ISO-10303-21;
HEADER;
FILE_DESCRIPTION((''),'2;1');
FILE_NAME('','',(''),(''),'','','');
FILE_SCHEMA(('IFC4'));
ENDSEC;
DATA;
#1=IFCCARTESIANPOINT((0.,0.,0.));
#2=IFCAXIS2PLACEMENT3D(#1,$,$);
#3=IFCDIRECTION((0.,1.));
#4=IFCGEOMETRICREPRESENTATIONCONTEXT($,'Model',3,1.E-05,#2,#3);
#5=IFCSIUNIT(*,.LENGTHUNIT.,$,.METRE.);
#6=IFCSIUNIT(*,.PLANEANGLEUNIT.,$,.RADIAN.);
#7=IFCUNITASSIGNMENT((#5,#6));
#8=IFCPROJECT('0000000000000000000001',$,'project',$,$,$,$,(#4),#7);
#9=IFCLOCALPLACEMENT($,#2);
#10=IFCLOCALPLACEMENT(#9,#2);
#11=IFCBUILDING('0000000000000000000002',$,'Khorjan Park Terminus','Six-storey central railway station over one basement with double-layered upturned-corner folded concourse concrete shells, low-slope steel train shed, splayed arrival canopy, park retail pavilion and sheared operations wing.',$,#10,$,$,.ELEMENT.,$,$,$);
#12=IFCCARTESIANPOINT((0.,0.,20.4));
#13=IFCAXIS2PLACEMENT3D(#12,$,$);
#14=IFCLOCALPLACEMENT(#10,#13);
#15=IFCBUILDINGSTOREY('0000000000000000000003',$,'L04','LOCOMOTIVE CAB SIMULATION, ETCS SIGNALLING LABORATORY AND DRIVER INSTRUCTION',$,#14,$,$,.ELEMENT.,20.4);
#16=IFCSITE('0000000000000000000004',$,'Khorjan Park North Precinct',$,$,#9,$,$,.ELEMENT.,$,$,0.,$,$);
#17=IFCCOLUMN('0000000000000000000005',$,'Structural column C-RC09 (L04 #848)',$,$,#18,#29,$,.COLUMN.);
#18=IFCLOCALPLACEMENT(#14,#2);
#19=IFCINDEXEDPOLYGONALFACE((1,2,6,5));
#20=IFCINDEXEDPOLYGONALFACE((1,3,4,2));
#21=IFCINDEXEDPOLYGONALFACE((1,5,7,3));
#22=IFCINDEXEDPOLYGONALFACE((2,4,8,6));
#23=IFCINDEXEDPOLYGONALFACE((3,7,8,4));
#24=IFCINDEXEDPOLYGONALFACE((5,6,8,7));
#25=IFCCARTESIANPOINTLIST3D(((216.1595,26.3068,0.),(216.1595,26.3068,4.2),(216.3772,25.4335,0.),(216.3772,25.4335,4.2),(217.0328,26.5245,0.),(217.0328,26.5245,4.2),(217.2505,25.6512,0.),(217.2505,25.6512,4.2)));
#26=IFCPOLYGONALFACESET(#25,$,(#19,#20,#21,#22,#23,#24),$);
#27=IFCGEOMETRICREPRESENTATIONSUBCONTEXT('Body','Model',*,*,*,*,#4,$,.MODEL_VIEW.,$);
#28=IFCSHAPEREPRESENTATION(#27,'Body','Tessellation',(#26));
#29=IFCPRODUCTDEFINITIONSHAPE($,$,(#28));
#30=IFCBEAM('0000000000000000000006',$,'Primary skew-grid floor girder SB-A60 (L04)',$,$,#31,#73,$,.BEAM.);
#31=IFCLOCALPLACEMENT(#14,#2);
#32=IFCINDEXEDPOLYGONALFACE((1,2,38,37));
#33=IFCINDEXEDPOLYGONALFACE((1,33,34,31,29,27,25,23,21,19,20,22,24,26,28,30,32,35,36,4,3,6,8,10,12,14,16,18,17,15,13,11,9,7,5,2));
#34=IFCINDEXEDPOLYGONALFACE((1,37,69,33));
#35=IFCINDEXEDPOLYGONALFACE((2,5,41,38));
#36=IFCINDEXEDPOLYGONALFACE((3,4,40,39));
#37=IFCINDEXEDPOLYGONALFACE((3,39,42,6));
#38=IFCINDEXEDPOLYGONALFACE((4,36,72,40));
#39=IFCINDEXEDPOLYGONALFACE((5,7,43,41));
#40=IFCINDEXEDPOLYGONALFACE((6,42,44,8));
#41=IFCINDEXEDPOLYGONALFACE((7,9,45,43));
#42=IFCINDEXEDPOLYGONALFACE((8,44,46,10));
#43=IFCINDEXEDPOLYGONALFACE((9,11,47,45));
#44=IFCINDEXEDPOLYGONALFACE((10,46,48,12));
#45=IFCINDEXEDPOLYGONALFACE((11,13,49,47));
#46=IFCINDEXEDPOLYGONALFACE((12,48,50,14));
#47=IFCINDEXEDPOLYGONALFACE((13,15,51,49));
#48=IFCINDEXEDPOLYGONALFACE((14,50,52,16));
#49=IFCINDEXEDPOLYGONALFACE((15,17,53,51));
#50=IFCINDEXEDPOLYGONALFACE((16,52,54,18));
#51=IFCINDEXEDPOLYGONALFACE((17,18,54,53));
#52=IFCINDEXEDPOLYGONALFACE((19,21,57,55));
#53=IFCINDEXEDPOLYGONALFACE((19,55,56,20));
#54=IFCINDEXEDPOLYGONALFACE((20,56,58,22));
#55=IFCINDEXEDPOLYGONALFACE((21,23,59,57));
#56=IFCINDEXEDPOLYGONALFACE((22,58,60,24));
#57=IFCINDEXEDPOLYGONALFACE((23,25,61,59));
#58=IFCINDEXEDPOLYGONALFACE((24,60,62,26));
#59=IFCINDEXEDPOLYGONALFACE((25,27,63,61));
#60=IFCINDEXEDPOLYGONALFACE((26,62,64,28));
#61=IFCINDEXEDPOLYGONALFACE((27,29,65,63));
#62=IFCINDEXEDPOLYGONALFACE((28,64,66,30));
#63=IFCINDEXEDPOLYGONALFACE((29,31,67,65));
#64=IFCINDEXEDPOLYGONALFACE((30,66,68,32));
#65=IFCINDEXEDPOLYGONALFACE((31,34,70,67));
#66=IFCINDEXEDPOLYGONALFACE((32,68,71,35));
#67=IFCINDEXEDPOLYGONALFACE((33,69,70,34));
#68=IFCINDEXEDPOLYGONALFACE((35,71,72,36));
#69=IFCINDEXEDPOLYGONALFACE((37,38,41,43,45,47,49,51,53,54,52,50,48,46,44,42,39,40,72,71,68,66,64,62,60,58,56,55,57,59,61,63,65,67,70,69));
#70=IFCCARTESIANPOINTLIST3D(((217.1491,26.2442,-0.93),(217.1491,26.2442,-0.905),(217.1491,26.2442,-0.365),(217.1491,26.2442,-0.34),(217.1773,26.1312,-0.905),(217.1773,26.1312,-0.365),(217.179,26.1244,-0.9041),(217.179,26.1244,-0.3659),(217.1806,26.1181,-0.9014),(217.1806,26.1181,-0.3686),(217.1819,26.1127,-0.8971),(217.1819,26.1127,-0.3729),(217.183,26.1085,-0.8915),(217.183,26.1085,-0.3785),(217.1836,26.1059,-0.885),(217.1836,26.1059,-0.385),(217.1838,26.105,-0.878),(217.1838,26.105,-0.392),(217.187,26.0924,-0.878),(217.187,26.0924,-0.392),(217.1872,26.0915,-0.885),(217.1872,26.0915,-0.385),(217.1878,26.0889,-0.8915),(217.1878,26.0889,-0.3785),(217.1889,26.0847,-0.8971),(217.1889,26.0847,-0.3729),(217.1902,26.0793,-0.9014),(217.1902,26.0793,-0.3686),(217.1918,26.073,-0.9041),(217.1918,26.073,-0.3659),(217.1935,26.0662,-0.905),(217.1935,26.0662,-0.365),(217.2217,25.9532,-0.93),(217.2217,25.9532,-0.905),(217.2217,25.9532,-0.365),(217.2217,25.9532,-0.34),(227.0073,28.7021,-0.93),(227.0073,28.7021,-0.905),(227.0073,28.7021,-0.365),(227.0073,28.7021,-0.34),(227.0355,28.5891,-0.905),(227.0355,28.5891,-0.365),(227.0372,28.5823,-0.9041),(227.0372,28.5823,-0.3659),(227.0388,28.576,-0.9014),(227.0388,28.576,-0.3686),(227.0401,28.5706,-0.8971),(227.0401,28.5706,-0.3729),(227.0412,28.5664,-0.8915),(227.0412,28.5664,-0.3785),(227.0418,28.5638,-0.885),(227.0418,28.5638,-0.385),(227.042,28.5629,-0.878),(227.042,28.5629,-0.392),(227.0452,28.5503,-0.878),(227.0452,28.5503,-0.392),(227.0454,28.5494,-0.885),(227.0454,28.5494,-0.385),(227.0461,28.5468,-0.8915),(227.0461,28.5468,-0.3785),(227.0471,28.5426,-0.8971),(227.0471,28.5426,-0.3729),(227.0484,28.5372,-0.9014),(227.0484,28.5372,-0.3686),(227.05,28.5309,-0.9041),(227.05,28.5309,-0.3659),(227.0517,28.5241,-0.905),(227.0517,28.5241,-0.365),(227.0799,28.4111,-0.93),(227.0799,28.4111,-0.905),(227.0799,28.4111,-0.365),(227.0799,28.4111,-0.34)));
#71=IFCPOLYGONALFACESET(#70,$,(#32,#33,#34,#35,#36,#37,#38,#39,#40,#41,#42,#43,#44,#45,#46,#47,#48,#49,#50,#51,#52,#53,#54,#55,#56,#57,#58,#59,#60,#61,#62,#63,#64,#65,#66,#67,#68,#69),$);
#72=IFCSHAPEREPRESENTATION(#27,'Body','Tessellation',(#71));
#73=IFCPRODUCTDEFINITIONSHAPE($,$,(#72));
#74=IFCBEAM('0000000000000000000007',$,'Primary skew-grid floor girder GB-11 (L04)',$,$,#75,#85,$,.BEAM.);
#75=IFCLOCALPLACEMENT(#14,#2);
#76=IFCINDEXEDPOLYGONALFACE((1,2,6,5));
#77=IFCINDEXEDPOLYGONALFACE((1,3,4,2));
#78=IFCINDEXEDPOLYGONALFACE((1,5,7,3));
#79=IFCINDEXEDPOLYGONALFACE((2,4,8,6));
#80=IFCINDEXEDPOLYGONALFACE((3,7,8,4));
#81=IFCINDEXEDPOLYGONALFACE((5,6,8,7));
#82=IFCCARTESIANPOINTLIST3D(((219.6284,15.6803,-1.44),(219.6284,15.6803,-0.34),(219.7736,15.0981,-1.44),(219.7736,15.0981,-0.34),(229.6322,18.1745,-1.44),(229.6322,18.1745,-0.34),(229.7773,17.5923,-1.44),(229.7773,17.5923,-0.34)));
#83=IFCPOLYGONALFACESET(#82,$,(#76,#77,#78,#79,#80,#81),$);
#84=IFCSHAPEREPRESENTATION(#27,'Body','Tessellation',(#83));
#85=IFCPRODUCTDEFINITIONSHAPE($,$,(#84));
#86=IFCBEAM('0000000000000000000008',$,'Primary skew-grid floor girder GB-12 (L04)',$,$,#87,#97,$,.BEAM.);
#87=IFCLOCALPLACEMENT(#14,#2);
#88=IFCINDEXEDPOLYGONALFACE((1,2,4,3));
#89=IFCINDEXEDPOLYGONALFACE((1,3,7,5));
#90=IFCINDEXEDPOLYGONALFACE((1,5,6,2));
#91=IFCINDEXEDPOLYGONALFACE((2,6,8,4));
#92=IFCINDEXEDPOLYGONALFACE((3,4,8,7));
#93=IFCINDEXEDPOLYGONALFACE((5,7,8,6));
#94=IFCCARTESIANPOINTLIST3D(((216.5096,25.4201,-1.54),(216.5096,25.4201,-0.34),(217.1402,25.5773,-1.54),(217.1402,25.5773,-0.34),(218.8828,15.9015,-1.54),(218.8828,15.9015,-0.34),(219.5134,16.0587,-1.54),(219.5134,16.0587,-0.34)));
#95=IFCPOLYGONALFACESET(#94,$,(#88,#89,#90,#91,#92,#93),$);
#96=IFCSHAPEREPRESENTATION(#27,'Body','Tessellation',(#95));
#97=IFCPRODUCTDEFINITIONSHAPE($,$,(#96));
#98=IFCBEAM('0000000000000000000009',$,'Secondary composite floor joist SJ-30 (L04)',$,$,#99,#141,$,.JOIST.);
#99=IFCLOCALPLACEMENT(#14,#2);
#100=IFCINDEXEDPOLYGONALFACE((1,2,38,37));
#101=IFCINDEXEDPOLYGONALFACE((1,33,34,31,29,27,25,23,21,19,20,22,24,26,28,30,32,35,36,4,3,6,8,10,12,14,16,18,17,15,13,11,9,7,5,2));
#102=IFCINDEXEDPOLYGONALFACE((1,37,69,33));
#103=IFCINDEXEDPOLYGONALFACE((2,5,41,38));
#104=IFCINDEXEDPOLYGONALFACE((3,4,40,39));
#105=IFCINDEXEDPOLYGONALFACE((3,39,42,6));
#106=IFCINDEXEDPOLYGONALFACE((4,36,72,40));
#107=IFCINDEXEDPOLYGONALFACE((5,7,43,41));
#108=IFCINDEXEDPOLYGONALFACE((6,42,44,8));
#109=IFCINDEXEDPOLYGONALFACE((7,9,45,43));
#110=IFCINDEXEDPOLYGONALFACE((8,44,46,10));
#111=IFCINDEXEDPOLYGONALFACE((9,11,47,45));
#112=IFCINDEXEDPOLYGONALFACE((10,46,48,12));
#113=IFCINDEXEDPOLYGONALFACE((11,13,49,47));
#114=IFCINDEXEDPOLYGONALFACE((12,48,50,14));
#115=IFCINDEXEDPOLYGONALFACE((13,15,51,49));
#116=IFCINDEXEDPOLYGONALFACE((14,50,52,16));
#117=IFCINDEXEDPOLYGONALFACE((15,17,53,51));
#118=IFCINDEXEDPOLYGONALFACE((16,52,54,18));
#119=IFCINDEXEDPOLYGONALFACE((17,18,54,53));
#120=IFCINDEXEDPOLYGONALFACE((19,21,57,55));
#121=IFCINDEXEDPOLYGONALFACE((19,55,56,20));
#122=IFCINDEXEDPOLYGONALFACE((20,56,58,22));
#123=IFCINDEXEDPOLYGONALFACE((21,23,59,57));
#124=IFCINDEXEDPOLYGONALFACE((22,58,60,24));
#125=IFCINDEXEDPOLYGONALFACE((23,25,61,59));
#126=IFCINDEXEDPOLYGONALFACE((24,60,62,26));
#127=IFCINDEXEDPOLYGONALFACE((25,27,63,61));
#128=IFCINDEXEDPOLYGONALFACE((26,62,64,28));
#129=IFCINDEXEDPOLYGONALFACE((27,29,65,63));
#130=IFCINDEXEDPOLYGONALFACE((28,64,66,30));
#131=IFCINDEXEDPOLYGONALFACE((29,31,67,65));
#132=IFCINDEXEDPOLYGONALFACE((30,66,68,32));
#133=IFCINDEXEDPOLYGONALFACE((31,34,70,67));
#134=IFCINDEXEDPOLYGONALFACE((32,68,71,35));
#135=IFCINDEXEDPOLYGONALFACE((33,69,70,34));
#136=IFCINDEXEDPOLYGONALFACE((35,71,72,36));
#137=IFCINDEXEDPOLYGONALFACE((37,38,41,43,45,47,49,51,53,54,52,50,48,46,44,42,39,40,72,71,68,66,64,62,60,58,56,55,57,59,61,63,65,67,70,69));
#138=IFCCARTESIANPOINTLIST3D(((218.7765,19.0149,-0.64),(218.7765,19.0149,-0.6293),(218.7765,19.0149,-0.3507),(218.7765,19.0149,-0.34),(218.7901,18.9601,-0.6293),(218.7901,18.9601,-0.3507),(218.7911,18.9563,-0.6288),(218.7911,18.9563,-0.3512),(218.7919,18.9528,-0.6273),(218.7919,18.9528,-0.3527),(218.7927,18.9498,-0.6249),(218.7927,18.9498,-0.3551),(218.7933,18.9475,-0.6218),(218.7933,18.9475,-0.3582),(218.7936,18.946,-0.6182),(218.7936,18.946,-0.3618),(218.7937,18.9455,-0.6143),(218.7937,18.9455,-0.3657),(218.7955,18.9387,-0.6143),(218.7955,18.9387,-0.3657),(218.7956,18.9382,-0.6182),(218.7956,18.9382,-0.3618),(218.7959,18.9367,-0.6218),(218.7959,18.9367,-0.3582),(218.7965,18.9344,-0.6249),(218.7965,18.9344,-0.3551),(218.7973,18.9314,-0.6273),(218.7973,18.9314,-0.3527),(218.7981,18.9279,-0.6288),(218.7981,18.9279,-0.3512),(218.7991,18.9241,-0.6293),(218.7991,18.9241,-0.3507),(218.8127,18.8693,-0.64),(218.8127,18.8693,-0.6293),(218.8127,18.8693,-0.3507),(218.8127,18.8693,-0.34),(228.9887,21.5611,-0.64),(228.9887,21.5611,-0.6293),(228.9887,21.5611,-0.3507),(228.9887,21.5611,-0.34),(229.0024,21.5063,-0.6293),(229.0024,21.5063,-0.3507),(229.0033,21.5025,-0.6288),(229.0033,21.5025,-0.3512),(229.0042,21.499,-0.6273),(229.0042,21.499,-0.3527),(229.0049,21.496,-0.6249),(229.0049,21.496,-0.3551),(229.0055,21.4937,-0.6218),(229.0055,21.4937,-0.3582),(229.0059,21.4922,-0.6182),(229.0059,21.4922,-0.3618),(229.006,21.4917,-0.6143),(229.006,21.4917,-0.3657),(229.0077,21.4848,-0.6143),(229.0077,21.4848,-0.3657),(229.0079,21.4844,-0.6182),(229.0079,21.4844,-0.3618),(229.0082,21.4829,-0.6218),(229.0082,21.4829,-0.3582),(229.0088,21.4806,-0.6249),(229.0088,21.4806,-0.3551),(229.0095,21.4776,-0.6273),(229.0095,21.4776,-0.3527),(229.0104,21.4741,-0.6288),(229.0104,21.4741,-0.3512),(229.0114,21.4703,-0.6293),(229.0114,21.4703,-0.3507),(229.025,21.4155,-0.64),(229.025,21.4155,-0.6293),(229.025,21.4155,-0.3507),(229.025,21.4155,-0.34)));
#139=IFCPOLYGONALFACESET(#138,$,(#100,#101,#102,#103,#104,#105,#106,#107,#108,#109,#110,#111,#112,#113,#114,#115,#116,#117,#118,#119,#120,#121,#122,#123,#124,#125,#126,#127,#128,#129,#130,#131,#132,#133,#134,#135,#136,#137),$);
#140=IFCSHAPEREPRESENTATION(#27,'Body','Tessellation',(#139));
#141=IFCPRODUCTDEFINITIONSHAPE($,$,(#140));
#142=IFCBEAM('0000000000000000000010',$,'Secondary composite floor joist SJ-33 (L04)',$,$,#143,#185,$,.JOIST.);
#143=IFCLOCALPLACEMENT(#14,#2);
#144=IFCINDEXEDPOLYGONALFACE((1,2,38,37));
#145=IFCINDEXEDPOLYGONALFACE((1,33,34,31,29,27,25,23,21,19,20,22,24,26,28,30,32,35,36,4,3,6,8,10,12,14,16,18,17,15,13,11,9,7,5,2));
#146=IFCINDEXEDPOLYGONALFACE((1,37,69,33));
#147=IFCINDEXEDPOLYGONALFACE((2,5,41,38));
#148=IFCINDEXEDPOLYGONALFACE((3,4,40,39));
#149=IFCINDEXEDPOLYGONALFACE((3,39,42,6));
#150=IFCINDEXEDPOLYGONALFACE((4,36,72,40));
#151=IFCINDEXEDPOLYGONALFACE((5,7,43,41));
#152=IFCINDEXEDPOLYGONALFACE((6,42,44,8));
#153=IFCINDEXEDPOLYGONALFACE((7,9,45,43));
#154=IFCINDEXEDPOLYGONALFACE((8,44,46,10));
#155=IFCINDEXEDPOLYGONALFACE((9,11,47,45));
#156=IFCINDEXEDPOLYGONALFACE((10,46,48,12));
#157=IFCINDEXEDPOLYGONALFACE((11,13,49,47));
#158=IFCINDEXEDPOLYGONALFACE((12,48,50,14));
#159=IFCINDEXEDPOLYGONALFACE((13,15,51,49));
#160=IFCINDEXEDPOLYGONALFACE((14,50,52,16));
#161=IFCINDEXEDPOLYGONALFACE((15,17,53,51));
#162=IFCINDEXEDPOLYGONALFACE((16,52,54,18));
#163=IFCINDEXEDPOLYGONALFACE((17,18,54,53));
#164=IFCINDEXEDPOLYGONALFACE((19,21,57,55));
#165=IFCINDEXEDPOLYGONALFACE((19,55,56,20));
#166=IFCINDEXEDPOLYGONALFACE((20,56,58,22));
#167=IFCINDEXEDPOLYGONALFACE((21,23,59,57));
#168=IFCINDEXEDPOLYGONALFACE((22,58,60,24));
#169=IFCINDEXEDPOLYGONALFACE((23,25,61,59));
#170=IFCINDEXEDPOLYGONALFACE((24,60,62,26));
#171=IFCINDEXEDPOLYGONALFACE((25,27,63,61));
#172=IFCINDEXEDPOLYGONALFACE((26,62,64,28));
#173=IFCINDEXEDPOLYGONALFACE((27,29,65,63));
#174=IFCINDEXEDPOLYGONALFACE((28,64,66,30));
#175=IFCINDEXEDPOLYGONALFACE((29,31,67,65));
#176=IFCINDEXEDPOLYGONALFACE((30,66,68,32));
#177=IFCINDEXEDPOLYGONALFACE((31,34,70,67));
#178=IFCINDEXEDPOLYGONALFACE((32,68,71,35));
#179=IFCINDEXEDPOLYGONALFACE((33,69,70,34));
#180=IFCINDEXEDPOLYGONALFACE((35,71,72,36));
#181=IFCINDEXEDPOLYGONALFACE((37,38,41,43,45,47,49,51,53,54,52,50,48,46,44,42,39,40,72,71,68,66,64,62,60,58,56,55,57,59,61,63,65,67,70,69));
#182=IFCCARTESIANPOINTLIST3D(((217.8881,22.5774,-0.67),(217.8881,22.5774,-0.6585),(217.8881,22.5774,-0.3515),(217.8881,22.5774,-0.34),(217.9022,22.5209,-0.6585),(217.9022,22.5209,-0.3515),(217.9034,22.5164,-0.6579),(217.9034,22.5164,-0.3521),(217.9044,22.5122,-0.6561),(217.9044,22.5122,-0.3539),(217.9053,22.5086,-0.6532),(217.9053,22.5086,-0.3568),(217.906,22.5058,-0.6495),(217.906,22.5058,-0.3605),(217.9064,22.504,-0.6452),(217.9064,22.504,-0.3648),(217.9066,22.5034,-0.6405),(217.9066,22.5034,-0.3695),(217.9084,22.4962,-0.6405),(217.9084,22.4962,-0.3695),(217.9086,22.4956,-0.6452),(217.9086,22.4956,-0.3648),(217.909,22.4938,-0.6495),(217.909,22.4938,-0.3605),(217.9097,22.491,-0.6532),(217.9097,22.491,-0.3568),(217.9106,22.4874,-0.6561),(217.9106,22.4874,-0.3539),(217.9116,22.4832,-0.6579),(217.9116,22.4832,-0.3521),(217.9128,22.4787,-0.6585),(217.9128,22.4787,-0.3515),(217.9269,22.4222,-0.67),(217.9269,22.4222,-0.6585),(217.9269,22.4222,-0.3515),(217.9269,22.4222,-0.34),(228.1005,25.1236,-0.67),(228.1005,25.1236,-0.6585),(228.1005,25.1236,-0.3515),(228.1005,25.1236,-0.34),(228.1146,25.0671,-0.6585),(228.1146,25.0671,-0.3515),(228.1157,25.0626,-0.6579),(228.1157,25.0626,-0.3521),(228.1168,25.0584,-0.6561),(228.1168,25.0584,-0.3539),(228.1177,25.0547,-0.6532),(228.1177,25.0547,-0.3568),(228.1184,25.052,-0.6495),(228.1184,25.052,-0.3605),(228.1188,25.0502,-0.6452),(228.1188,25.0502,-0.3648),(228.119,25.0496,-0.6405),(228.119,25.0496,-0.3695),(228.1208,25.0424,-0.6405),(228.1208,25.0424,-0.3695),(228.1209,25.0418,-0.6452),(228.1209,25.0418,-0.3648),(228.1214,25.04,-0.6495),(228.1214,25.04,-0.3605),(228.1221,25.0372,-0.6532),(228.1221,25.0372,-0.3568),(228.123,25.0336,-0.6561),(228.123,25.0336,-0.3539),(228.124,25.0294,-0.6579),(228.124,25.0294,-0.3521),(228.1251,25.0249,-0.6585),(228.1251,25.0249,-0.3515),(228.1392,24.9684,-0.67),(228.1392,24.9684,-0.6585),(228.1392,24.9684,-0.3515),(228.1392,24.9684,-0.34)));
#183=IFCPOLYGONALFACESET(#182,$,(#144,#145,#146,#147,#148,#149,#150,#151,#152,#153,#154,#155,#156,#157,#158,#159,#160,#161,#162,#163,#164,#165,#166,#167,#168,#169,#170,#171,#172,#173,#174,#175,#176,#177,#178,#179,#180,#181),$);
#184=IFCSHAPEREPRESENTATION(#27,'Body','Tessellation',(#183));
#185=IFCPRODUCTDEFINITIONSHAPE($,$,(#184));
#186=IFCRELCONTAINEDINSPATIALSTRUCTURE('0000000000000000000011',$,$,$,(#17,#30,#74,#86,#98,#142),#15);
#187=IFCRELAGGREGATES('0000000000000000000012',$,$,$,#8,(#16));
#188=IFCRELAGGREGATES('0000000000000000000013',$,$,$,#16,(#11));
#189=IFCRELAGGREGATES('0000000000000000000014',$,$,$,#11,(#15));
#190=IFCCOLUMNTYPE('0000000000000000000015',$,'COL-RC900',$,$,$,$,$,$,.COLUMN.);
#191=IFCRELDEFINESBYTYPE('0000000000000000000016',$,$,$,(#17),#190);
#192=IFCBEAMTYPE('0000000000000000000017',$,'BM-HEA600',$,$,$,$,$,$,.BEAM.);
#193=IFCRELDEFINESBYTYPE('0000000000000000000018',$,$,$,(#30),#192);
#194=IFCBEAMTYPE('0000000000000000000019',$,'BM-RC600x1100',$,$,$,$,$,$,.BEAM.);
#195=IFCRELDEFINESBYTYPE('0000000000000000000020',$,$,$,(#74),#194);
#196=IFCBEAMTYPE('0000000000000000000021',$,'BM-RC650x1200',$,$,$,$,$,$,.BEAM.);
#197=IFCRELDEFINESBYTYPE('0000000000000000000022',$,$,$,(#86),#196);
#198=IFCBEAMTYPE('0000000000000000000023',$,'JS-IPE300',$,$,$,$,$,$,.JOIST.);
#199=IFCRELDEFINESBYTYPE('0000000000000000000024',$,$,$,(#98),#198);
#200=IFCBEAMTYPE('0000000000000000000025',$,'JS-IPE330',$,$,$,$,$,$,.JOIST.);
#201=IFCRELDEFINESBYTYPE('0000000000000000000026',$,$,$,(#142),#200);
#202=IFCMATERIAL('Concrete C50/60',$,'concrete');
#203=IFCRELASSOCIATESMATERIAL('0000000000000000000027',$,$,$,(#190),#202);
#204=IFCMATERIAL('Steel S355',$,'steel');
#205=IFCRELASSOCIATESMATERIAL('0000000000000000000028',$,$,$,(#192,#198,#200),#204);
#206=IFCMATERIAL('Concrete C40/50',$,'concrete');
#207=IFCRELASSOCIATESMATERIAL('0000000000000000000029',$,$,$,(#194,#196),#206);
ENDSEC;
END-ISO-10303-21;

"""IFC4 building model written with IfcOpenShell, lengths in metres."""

from ifc_helpers import new_model, si_unit, direction, frame, origin, origin_2d, place, context, subcontext, project, spatial, rectangle, i_section, extrude, material, material_profile, profile_set, type_object, element, save


model = new_model("IFC4")

# Units and contexts
model_context = context("Model", 3, precision=1e-05, world=origin(), true_north=direction((0.0, 1.0)))
body_context = subcontext(model_context, "Body", "Model", "MODEL_VIEW")
ifc_project = project(units=[si_unit("LENGTHUNIT", "METRE"), si_unit("PLANEANGLEUNIT", "RADIAN")], contexts=[model_context])

# Site, building, storey
site_placement = place(None, origin())
site = spatial("IfcSite", under=ifc_project, at=site_placement, Name="Khorjan Park North Precinct", CompositionType="ELEMENT", RefElevation=0.0)
building_placement = place(site_placement, origin())
building = spatial("IfcBuilding", under=site, at=building_placement, Name="Khorjan Park Terminus", Description="Six-storey central railway station over one basement with double-layered upturned-corner folded concourse concrete shells, low-slope steel train shed, splayed arrival canopy, park retail pavilion and sheared operations wing.", CompositionType="ELEMENT")
storey_placement = place(building_placement, frame((0.0, 0.0, 20.4)))
storey = spatial("IfcBuildingStorey", under=building, at=storey_placement, Name="L04", Description="LOCOMOTIVE CAB SIMULATION, ETCS SIGNALLING LABORATORY AND DRIVER INSTRUCTION", CompositionType="ELEMENT", Elevation=20.4)

# Column
ifc_material_1 = material(Name="Concrete C50/60", Category="concrete")
ifc_material_profile_1 = material_profile(ifc_material_1, rectangle(XDim=0.9, YDim=0.9, at=origin_2d()), Name="RC 900x900")
ifc_profile_set_1 = profile_set([ifc_material_profile_1], Name="Concrete C50/60")
column_type = type_object("IfcColumnType", Name="COL-RC900", PredefinedType="COLUMN", material=ifc_profile_set_1)
column_placement = place(storey_placement, frame((216.705, 25.979, 0.0), z_axis=(0.0, 0.0, 1.0), x_axis=(0.970296, 0.241922, 0.0)))
element("IfcColumn", 1, at=column_placement, inside=storey, type_object=column_type, Name="Structural column C-RC09 (L04 #848)", PredefinedType="COLUMN", context=body_context, shape_type="SweptSolid", body=[
    extrude(rectangle(XDim=0.9, YDim=0.9, at=origin_2d()), origin(), (0.0, 0.0, 1.0), 4.2),
])

# Beams
ifc_material_2 = material(Name="Steel S355", Category="steel")
ifc_material_profile_2 = material_profile(ifc_material_2, i_section(OverallWidth=0.3, OverallDepth=0.59, WebThickness=0.013, FlangeThickness=0.025, FilletRadius=0.027, at=origin_2d()), Name="HEA 600")
ifc_profile_set_2 = profile_set([ifc_material_profile_2], Name="Steel S355")
beam_type_1 = type_object("IfcBeamType", Name="BM-HEA600", PredefinedType="BEAM", material=ifc_profile_set_2)
beam_1_placement = place(storey_placement, frame((217.1854, 26.0987, -0.635), z_axis=(0.970296, 0.24192, 0.0), x_axis=(-0.24192, 0.970296, 0.0)))
element("IfcBeam", 2, at=beam_1_placement, inside=storey, type_object=beam_type_1, Name="Primary skew-grid floor girder SB-A60 (L04)", PredefinedType="BEAM", context=body_context, shape_type="SweptSolid", body=[
    extrude(i_section(OverallWidth=0.3, OverallDepth=0.59, WebThickness=0.013, FlangeThickness=0.025, FilletRadius=0.027, at=origin_2d()), origin(), (0.0, 0.0, 1.0), 10.16),
])
ifc_material_3 = material(Name="Concrete C40/50", Category="concrete")
ifc_material_profile_3 = material_profile(ifc_material_3, rectangle(XDim=0.6, YDim=1.1, at=origin_2d()), Name="RC 600x1100")
ifc_profile_set_3 = profile_set([ifc_material_profile_3], Name="Concrete C40/50")
beam_type_2 = type_object("IfcBeamType", Name="BM-RC600x1100", PredefinedType="BEAM", material=ifc_profile_set_3)
beam_2_placement = place(storey_placement, frame((219.701, 15.3892, -0.89), z_axis=(0.970296, 0.241919, 0.0), x_axis=(-0.241919, 0.970296, 0.0)))
element("IfcBeam", 3, at=beam_2_placement, inside=storey, type_object=beam_type_2, Name="Primary skew-grid floor girder GB-11 (L04)", PredefinedType="BEAM", context=body_context, shape_type="SweptSolid", body=[
    extrude(rectangle(XDim=0.6, YDim=1.1, at=origin_2d()), origin(), (0.0, 0.0, 1.0), 10.31),
])
ifc_material_profile_4 = material_profile(ifc_material_3, rectangle(XDim=0.65, YDim=1.2, at=origin_2d()), Name="RC 650x1200")
ifc_profile_set_4 = profile_set([ifc_material_profile_4], Name="Concrete C40/50")
beam_type_3 = type_object("IfcBeamType", Name="BM-RC650x1200", PredefinedType="BEAM", material=ifc_profile_set_4)
beam_3_placement = place(storey_placement, frame((219.1981, 15.9801, -0.94), z_axis=(-0.241917, 0.970297, 0.0), x_axis=(-0.970297, -0.241917, 0.0)))
element("IfcBeam", 4, at=beam_3_placement, inside=storey, type_object=beam_type_3, Name="Primary skew-grid floor girder GB-12 (L04)", PredefinedType="BEAM", context=body_context, shape_type="SweptSolid", body=[
    extrude(rectangle(XDim=0.65, YDim=1.2, at=origin_2d()), origin(), (0.0, 0.0, 1.0), 9.81),
])
ifc_material_profile_5 = material_profile(ifc_material_2, i_section(OverallWidth=0.15, OverallDepth=0.3, WebThickness=0.0071, FlangeThickness=0.0107, FilletRadius=0.015, at=origin_2d()), Name="IPE 300")
ifc_profile_set_5 = profile_set([ifc_material_profile_5], Name="Steel S355")
beam_type_4 = type_object("IfcBeamType", Name="JS-IPE300", PredefinedType="JOIST", material=ifc_profile_set_5)
beam_4_placement = place(storey_placement, frame((218.7946, 18.9421, -0.49), z_axis=(0.970296, 0.241921, 0.0), x_axis=(-0.241921, 0.970296, 0.0)))
element("IfcBeam", 5, at=beam_4_placement, inside=storey, type_object=beam_type_4, Name="Secondary composite floor joist SJ-30 (L04)", PredefinedType="JOIST", context=body_context, shape_type="SweptSolid", body=[
    extrude(i_section(OverallWidth=0.15, OverallDepth=0.3, WebThickness=0.0071, FlangeThickness=0.0107, FilletRadius=0.015, at=origin_2d()), origin(), (0.0, 0.0, 1.0), 10.5249),
])
ifc_material_profile_6 = material_profile(ifc_material_2, i_section(OverallWidth=0.16, OverallDepth=0.33, WebThickness=0.0075, FlangeThickness=0.0115, FilletRadius=0.018, at=origin_2d()), Name="IPE 330")
ifc_profile_set_6 = profile_set([ifc_material_profile_6], Name="Steel S355")
beam_type_5 = type_object("IfcBeamType", Name="JS-IPE330", PredefinedType="JOIST", material=ifc_profile_set_6)
beam_5_placement = place(storey_placement, frame((217.9075, 22.4998, -0.505), z_axis=(0.970297, 0.241919, 0.0), x_axis=(-0.241919, 0.970297, 0.0)))
element("IfcBeam", 6, at=beam_5_placement, inside=storey, type_object=beam_type_5, Name="Secondary composite floor joist SJ-33 (L04)", PredefinedType="JOIST", context=body_context, shape_type="SweptSolid", body=[
    extrude(i_section(OverallWidth=0.16, OverallDepth=0.33, WebThickness=0.0075, FlangeThickness=0.0115, FilletRadius=0.018, at=origin_2d()), origin(), (0.0, 0.0, 1.0), 10.525),
])

save(model, "model.ifc")
